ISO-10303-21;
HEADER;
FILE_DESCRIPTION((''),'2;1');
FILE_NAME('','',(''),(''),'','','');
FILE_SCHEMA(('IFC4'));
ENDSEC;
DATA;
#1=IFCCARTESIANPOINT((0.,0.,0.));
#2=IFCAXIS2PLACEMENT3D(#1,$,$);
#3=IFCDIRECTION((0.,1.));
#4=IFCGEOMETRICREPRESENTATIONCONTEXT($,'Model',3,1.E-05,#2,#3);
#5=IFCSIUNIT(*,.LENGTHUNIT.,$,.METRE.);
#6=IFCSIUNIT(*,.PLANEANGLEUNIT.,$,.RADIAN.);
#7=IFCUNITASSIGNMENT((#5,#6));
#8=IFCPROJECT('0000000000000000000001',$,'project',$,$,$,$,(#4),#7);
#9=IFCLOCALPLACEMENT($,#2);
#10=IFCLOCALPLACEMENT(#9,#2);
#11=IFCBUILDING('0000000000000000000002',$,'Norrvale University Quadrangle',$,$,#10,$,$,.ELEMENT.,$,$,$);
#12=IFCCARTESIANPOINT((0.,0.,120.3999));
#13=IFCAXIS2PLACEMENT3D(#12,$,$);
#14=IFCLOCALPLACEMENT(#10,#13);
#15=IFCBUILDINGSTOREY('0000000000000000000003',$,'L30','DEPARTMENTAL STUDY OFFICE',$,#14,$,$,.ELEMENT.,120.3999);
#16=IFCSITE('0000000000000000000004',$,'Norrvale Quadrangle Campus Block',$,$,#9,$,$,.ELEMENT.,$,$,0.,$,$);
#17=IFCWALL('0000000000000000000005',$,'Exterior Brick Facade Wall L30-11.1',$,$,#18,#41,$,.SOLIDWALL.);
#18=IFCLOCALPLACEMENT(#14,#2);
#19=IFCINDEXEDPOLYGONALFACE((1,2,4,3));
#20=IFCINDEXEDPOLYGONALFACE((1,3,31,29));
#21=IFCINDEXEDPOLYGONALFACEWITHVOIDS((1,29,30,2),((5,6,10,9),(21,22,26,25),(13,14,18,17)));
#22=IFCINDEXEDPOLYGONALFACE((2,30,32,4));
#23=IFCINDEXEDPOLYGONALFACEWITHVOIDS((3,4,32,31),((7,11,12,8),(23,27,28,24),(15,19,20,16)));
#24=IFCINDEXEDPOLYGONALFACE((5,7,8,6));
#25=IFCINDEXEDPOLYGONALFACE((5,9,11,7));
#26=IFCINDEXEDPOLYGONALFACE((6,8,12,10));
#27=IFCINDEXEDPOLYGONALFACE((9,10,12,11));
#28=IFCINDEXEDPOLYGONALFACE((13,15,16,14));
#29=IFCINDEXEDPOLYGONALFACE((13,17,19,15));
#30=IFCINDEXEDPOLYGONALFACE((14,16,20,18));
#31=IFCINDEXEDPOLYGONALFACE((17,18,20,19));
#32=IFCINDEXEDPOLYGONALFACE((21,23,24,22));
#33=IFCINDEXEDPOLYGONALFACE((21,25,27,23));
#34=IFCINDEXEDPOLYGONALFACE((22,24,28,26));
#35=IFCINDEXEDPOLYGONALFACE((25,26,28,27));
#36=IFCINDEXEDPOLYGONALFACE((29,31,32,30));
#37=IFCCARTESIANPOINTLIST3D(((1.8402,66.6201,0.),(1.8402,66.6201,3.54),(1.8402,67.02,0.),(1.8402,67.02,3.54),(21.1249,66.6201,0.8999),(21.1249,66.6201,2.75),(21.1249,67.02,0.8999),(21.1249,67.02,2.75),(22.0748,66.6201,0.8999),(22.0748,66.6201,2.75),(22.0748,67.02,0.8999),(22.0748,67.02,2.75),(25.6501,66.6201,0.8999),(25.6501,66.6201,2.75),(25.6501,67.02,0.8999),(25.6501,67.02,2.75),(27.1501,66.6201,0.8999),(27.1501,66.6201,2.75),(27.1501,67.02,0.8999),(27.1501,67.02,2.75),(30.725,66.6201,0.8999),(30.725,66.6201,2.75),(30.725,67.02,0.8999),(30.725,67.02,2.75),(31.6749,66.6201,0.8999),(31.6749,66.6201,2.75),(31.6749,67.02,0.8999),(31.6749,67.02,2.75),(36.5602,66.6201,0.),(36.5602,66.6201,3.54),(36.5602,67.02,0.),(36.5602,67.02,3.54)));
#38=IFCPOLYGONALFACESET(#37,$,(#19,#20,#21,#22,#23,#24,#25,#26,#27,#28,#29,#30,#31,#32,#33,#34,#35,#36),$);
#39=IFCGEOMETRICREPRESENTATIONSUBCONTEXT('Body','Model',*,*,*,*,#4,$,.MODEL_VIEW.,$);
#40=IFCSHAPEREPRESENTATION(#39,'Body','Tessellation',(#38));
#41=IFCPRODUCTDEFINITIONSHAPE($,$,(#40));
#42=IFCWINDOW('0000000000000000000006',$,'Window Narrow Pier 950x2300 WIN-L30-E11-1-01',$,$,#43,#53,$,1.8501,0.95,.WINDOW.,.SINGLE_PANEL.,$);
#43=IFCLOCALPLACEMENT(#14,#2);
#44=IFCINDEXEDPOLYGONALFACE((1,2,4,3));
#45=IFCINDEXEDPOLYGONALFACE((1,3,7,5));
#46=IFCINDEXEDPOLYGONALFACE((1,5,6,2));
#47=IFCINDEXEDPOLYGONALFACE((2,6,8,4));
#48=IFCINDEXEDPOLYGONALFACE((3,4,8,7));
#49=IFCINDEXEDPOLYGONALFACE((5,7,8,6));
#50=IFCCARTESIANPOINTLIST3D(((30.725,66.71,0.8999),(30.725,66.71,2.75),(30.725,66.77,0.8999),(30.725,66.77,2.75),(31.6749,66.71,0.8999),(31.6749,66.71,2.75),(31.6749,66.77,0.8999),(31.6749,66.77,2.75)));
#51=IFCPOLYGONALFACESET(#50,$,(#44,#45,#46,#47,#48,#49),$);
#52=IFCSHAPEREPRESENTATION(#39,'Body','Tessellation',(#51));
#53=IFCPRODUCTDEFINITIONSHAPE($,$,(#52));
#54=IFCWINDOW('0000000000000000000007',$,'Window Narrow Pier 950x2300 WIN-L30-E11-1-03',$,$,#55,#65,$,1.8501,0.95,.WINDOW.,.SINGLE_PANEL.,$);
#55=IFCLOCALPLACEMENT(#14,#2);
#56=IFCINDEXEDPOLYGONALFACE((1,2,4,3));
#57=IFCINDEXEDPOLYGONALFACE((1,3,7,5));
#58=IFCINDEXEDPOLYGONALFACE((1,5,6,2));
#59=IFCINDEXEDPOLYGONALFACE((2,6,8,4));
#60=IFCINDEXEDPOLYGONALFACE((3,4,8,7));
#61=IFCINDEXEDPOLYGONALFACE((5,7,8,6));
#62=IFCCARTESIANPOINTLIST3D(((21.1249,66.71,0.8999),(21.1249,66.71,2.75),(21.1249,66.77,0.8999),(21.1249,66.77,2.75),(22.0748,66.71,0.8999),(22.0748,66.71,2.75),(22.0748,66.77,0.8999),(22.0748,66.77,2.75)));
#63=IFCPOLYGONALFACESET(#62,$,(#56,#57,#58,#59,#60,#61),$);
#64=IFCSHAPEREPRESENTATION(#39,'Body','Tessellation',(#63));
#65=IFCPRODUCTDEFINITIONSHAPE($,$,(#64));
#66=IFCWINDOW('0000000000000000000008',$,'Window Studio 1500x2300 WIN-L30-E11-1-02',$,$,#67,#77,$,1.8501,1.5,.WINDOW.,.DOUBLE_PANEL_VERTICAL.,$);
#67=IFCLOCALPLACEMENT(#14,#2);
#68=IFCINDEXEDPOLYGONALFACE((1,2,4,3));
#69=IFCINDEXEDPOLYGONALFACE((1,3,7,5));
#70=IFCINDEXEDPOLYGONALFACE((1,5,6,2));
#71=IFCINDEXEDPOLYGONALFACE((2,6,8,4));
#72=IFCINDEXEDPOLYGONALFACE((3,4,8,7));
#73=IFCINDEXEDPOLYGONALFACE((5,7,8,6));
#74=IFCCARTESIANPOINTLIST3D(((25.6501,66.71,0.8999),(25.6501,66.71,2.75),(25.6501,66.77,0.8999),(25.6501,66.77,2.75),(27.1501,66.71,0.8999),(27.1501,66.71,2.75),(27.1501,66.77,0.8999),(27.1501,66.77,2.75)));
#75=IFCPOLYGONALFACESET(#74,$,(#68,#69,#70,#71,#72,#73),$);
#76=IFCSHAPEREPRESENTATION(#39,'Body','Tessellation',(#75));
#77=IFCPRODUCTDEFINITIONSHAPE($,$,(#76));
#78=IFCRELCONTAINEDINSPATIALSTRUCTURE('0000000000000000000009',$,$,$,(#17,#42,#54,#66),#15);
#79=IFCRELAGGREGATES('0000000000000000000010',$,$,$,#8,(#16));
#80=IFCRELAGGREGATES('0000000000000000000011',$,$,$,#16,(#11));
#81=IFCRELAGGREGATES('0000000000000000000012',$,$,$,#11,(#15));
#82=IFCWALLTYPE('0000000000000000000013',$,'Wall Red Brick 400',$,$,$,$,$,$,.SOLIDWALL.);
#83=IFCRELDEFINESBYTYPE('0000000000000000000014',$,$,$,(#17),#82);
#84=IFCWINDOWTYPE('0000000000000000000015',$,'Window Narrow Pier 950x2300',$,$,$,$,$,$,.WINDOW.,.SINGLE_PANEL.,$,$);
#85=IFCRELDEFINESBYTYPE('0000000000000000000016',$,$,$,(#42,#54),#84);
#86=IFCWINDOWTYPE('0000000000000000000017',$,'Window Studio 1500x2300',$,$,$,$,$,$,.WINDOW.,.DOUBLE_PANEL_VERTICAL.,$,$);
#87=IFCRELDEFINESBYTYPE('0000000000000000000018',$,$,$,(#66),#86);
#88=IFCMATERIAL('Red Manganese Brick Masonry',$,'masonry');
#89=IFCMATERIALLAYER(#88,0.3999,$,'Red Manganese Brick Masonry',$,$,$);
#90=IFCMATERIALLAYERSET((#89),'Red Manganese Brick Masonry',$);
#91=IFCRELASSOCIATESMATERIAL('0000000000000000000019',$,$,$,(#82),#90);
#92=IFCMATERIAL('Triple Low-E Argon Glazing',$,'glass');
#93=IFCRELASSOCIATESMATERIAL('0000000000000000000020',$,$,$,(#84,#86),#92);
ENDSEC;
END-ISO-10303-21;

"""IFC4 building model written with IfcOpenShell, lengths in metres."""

from ifc_helpers import new_model, si_unit, direction, frame, frame_2d, origin, place, context, subcontext, project, spatial, rectangle, extrude, material, layer, layer_set, type_object, element, fill, save


model = new_model("IFC4")

# Units and contexts
model_context = context("Model", 3, precision=1e-05, world=origin(), true_north=direction((0.0, 1.0)))
body_context = subcontext(model_context, "Body", "Model", "MODEL_VIEW")
ifc_project = project(units=[si_unit("LENGTHUNIT", "METRE"), si_unit("PLANEANGLEUNIT", "RADIAN")], contexts=[model_context])

# Site, building, storey
site_placement = place(None, origin())
site = spatial("IfcSite", under=ifc_project, at=site_placement, Name="Norrvale Quadrangle Campus Block", CompositionType="ELEMENT", RefElevation=0.0)
building_placement = place(site_placement, origin())
building = spatial("IfcBuilding", under=site, at=building_placement, Name="Norrvale University Quadrangle", CompositionType="ELEMENT")
storey_placement = place(building_placement, frame((0.0, 0.0, 120.3999)))
storey = spatial("IfcBuildingStorey", under=building, at=storey_placement, Name="L30", Description="DEPARTMENTAL STUDY OFFICE", CompositionType="ELEMENT", Elevation=120.3999)

# Shared definitions
ifc_material_1 = material(Name="Red Manganese Brick Masonry", Category="masonry")
ifc_layer = layer(ifc_material_1, 0.3999, Name="Red Manganese Brick Masonry")
ifc_layer_set = layer_set([ifc_layer], Name="Red Manganese Brick Masonry")
wall_type = type_object("IfcWallType", Name="Wall Red Brick 400", PredefinedType="SOLIDWALL", material=ifc_layer_set)

# Wall, openings, windows
wall_1_placement = place(storey_placement, frame((36.5601, 66.8201, 0.0), z_axis=(0.0, 0.0, 1.0), x_axis=(-1.0, 0.0, 0.0)))
wall_1 = element("IfcWall", 1, at=wall_1_placement, inside=storey, type_object=wall_type, Name="Exterior Brick Facade Wall L30-11.1", PredefinedType="SOLIDWALL", context=body_context, shape_type="SweptSolid", body=[
    extrude(rectangle(XDim=34.72, YDim=0.3999, at=frame_2d((17.3599, 0.0))), origin(), (0.0, 0.0, 1.0), 3.54),
])
opening_1_placement = place(wall_1_placement, frame((4.885, 0.0, 0.8999)))
opening_1 = element("IfcOpeningElement", 2, at=opening_1_placement, cuts=wall_1, PredefinedType="OPENING", context=body_context, shape_type="SweptSolid", body=[
    extrude(rectangle(XDim=0.95, YDim=1.8501, at=frame_2d((0.4751, 0.925))), frame((0.0, 0.2119, 0.0), z_axis=(0.0, -1.0, 0.0), x_axis=(1.0, 0.0, 0.0)), (0.0, 0.0, 1.0), 0.4238),
])
opening_2_placement = place(wall_1_placement, frame((9.4099, 0.0, 0.8999)))
opening_2 = element("IfcOpeningElement", 3, at=opening_2_placement, cuts=wall_1, PredefinedType="OPENING", context=body_context, shape_type="SweptSolid", body=[
    extrude(rectangle(XDim=1.5, YDim=1.8501, at=frame_2d((0.75, 0.925))), frame((0.0, 0.2119, 0.0), z_axis=(0.0, -1.0, 0.0), x_axis=(1.0, 0.0, 0.0)), (0.0, 0.0, 1.0), 0.4238),
])
opening_3_placement = place(wall_1_placement, frame((14.4851, 0.0, 0.8999)))
opening_3 = element("IfcOpeningElement", 4, at=opening_3_placement, cuts=wall_1, PredefinedType="OPENING", context=body_context, shape_type="SweptSolid", body=[
    extrude(rectangle(XDim=0.95, YDim=1.8501, at=frame_2d((0.4751, 0.925))), frame((0.0, 0.2119, 0.0), z_axis=(0.0, -1.0, 0.0), x_axis=(1.0, 0.0, 0.0)), (0.0, 0.0, 1.0), 0.4238),
])
ifc_material_2 = material(Name="Triple Low-E Argon Glazing", Category="glass")
window_type_1 = type_object("IfcWindowType", Name="Window Narrow Pier 950x2300", PartitioningType="SINGLE_PANEL", PredefinedType="WINDOW", material=ifc_material_2)
window_1_placement = place(opening_1_placement, origin())
window_1 = element("IfcWindow", 5, at=window_1_placement, inside=storey, type_object=window_type_1, Name="Window Narrow Pier 950x2300 WIN-L30-E11-1-01", OverallHeight=1.8501, OverallWidth=0.95, PartitioningType="SINGLE_PANEL", PredefinedType="WINDOW", context=body_context, shape_type="SweptSolid", body=[
    extrude(rectangle(XDim=0.95, YDim=1.8501, at=frame_2d((0.4751, 0.925))), frame((0.0, 0.1101, 0.0), z_axis=(0.0, -1.0, 0.0), x_axis=(1.0, 0.0, 0.0)), (0.0, 0.0, 1.0), 0.0601),
])
fill(opening_1, window_1)
window_2_placement = place(opening_3_placement, origin())
window_2 = element("IfcWindow", 6, at=window_2_placement, inside=storey, type_object=window_type_1, Name="Window Narrow Pier 950x2300 WIN-L30-E11-1-03", OverallHeight=1.8501, OverallWidth=0.95, PartitioningType="SINGLE_PANEL", PredefinedType="WINDOW", context=body_context, shape_type="SweptSolid", body=[
    extrude(rectangle(XDim=0.95, YDim=1.8501, at=frame_2d((0.4751, 0.925))), frame((0.0, 0.1101, 0.0), z_axis=(0.0, -1.0, 0.0), x_axis=(1.0, 0.0, 0.0)), (0.0, 0.0, 1.0), 0.0601),
])
fill(opening_3, window_2)
window_type_2 = type_object("IfcWindowType", Name="Window Studio 1500x2300", PartitioningType="DOUBLE_PANEL_VERTICAL", PredefinedType="WINDOW", material=ifc_material_2)
window_3_placement = place(opening_2_placement, origin())
window_3 = element("IfcWindow", 7, at=window_3_placement, inside=storey, type_object=window_type_2, Name="Window Studio 1500x2300 WIN-L30-E11-1-02", OverallHeight=1.8501, OverallWidth=1.5, PartitioningType="DOUBLE_PANEL_VERTICAL", PredefinedType="WINDOW", context=body_context, shape_type="SweptSolid", body=[
    extrude(rectangle(XDim=1.5, YDim=1.8501, at=frame_2d((0.75, 0.925))), frame((0.0, 0.1101, 0.0), z_axis=(0.0, -1.0, 0.0), x_axis=(1.0, 0.0, 0.0)), (0.0, 0.0, 1.0), 0.0601),
])
fill(opening_2, window_3)

save(model, "model.ifc")
